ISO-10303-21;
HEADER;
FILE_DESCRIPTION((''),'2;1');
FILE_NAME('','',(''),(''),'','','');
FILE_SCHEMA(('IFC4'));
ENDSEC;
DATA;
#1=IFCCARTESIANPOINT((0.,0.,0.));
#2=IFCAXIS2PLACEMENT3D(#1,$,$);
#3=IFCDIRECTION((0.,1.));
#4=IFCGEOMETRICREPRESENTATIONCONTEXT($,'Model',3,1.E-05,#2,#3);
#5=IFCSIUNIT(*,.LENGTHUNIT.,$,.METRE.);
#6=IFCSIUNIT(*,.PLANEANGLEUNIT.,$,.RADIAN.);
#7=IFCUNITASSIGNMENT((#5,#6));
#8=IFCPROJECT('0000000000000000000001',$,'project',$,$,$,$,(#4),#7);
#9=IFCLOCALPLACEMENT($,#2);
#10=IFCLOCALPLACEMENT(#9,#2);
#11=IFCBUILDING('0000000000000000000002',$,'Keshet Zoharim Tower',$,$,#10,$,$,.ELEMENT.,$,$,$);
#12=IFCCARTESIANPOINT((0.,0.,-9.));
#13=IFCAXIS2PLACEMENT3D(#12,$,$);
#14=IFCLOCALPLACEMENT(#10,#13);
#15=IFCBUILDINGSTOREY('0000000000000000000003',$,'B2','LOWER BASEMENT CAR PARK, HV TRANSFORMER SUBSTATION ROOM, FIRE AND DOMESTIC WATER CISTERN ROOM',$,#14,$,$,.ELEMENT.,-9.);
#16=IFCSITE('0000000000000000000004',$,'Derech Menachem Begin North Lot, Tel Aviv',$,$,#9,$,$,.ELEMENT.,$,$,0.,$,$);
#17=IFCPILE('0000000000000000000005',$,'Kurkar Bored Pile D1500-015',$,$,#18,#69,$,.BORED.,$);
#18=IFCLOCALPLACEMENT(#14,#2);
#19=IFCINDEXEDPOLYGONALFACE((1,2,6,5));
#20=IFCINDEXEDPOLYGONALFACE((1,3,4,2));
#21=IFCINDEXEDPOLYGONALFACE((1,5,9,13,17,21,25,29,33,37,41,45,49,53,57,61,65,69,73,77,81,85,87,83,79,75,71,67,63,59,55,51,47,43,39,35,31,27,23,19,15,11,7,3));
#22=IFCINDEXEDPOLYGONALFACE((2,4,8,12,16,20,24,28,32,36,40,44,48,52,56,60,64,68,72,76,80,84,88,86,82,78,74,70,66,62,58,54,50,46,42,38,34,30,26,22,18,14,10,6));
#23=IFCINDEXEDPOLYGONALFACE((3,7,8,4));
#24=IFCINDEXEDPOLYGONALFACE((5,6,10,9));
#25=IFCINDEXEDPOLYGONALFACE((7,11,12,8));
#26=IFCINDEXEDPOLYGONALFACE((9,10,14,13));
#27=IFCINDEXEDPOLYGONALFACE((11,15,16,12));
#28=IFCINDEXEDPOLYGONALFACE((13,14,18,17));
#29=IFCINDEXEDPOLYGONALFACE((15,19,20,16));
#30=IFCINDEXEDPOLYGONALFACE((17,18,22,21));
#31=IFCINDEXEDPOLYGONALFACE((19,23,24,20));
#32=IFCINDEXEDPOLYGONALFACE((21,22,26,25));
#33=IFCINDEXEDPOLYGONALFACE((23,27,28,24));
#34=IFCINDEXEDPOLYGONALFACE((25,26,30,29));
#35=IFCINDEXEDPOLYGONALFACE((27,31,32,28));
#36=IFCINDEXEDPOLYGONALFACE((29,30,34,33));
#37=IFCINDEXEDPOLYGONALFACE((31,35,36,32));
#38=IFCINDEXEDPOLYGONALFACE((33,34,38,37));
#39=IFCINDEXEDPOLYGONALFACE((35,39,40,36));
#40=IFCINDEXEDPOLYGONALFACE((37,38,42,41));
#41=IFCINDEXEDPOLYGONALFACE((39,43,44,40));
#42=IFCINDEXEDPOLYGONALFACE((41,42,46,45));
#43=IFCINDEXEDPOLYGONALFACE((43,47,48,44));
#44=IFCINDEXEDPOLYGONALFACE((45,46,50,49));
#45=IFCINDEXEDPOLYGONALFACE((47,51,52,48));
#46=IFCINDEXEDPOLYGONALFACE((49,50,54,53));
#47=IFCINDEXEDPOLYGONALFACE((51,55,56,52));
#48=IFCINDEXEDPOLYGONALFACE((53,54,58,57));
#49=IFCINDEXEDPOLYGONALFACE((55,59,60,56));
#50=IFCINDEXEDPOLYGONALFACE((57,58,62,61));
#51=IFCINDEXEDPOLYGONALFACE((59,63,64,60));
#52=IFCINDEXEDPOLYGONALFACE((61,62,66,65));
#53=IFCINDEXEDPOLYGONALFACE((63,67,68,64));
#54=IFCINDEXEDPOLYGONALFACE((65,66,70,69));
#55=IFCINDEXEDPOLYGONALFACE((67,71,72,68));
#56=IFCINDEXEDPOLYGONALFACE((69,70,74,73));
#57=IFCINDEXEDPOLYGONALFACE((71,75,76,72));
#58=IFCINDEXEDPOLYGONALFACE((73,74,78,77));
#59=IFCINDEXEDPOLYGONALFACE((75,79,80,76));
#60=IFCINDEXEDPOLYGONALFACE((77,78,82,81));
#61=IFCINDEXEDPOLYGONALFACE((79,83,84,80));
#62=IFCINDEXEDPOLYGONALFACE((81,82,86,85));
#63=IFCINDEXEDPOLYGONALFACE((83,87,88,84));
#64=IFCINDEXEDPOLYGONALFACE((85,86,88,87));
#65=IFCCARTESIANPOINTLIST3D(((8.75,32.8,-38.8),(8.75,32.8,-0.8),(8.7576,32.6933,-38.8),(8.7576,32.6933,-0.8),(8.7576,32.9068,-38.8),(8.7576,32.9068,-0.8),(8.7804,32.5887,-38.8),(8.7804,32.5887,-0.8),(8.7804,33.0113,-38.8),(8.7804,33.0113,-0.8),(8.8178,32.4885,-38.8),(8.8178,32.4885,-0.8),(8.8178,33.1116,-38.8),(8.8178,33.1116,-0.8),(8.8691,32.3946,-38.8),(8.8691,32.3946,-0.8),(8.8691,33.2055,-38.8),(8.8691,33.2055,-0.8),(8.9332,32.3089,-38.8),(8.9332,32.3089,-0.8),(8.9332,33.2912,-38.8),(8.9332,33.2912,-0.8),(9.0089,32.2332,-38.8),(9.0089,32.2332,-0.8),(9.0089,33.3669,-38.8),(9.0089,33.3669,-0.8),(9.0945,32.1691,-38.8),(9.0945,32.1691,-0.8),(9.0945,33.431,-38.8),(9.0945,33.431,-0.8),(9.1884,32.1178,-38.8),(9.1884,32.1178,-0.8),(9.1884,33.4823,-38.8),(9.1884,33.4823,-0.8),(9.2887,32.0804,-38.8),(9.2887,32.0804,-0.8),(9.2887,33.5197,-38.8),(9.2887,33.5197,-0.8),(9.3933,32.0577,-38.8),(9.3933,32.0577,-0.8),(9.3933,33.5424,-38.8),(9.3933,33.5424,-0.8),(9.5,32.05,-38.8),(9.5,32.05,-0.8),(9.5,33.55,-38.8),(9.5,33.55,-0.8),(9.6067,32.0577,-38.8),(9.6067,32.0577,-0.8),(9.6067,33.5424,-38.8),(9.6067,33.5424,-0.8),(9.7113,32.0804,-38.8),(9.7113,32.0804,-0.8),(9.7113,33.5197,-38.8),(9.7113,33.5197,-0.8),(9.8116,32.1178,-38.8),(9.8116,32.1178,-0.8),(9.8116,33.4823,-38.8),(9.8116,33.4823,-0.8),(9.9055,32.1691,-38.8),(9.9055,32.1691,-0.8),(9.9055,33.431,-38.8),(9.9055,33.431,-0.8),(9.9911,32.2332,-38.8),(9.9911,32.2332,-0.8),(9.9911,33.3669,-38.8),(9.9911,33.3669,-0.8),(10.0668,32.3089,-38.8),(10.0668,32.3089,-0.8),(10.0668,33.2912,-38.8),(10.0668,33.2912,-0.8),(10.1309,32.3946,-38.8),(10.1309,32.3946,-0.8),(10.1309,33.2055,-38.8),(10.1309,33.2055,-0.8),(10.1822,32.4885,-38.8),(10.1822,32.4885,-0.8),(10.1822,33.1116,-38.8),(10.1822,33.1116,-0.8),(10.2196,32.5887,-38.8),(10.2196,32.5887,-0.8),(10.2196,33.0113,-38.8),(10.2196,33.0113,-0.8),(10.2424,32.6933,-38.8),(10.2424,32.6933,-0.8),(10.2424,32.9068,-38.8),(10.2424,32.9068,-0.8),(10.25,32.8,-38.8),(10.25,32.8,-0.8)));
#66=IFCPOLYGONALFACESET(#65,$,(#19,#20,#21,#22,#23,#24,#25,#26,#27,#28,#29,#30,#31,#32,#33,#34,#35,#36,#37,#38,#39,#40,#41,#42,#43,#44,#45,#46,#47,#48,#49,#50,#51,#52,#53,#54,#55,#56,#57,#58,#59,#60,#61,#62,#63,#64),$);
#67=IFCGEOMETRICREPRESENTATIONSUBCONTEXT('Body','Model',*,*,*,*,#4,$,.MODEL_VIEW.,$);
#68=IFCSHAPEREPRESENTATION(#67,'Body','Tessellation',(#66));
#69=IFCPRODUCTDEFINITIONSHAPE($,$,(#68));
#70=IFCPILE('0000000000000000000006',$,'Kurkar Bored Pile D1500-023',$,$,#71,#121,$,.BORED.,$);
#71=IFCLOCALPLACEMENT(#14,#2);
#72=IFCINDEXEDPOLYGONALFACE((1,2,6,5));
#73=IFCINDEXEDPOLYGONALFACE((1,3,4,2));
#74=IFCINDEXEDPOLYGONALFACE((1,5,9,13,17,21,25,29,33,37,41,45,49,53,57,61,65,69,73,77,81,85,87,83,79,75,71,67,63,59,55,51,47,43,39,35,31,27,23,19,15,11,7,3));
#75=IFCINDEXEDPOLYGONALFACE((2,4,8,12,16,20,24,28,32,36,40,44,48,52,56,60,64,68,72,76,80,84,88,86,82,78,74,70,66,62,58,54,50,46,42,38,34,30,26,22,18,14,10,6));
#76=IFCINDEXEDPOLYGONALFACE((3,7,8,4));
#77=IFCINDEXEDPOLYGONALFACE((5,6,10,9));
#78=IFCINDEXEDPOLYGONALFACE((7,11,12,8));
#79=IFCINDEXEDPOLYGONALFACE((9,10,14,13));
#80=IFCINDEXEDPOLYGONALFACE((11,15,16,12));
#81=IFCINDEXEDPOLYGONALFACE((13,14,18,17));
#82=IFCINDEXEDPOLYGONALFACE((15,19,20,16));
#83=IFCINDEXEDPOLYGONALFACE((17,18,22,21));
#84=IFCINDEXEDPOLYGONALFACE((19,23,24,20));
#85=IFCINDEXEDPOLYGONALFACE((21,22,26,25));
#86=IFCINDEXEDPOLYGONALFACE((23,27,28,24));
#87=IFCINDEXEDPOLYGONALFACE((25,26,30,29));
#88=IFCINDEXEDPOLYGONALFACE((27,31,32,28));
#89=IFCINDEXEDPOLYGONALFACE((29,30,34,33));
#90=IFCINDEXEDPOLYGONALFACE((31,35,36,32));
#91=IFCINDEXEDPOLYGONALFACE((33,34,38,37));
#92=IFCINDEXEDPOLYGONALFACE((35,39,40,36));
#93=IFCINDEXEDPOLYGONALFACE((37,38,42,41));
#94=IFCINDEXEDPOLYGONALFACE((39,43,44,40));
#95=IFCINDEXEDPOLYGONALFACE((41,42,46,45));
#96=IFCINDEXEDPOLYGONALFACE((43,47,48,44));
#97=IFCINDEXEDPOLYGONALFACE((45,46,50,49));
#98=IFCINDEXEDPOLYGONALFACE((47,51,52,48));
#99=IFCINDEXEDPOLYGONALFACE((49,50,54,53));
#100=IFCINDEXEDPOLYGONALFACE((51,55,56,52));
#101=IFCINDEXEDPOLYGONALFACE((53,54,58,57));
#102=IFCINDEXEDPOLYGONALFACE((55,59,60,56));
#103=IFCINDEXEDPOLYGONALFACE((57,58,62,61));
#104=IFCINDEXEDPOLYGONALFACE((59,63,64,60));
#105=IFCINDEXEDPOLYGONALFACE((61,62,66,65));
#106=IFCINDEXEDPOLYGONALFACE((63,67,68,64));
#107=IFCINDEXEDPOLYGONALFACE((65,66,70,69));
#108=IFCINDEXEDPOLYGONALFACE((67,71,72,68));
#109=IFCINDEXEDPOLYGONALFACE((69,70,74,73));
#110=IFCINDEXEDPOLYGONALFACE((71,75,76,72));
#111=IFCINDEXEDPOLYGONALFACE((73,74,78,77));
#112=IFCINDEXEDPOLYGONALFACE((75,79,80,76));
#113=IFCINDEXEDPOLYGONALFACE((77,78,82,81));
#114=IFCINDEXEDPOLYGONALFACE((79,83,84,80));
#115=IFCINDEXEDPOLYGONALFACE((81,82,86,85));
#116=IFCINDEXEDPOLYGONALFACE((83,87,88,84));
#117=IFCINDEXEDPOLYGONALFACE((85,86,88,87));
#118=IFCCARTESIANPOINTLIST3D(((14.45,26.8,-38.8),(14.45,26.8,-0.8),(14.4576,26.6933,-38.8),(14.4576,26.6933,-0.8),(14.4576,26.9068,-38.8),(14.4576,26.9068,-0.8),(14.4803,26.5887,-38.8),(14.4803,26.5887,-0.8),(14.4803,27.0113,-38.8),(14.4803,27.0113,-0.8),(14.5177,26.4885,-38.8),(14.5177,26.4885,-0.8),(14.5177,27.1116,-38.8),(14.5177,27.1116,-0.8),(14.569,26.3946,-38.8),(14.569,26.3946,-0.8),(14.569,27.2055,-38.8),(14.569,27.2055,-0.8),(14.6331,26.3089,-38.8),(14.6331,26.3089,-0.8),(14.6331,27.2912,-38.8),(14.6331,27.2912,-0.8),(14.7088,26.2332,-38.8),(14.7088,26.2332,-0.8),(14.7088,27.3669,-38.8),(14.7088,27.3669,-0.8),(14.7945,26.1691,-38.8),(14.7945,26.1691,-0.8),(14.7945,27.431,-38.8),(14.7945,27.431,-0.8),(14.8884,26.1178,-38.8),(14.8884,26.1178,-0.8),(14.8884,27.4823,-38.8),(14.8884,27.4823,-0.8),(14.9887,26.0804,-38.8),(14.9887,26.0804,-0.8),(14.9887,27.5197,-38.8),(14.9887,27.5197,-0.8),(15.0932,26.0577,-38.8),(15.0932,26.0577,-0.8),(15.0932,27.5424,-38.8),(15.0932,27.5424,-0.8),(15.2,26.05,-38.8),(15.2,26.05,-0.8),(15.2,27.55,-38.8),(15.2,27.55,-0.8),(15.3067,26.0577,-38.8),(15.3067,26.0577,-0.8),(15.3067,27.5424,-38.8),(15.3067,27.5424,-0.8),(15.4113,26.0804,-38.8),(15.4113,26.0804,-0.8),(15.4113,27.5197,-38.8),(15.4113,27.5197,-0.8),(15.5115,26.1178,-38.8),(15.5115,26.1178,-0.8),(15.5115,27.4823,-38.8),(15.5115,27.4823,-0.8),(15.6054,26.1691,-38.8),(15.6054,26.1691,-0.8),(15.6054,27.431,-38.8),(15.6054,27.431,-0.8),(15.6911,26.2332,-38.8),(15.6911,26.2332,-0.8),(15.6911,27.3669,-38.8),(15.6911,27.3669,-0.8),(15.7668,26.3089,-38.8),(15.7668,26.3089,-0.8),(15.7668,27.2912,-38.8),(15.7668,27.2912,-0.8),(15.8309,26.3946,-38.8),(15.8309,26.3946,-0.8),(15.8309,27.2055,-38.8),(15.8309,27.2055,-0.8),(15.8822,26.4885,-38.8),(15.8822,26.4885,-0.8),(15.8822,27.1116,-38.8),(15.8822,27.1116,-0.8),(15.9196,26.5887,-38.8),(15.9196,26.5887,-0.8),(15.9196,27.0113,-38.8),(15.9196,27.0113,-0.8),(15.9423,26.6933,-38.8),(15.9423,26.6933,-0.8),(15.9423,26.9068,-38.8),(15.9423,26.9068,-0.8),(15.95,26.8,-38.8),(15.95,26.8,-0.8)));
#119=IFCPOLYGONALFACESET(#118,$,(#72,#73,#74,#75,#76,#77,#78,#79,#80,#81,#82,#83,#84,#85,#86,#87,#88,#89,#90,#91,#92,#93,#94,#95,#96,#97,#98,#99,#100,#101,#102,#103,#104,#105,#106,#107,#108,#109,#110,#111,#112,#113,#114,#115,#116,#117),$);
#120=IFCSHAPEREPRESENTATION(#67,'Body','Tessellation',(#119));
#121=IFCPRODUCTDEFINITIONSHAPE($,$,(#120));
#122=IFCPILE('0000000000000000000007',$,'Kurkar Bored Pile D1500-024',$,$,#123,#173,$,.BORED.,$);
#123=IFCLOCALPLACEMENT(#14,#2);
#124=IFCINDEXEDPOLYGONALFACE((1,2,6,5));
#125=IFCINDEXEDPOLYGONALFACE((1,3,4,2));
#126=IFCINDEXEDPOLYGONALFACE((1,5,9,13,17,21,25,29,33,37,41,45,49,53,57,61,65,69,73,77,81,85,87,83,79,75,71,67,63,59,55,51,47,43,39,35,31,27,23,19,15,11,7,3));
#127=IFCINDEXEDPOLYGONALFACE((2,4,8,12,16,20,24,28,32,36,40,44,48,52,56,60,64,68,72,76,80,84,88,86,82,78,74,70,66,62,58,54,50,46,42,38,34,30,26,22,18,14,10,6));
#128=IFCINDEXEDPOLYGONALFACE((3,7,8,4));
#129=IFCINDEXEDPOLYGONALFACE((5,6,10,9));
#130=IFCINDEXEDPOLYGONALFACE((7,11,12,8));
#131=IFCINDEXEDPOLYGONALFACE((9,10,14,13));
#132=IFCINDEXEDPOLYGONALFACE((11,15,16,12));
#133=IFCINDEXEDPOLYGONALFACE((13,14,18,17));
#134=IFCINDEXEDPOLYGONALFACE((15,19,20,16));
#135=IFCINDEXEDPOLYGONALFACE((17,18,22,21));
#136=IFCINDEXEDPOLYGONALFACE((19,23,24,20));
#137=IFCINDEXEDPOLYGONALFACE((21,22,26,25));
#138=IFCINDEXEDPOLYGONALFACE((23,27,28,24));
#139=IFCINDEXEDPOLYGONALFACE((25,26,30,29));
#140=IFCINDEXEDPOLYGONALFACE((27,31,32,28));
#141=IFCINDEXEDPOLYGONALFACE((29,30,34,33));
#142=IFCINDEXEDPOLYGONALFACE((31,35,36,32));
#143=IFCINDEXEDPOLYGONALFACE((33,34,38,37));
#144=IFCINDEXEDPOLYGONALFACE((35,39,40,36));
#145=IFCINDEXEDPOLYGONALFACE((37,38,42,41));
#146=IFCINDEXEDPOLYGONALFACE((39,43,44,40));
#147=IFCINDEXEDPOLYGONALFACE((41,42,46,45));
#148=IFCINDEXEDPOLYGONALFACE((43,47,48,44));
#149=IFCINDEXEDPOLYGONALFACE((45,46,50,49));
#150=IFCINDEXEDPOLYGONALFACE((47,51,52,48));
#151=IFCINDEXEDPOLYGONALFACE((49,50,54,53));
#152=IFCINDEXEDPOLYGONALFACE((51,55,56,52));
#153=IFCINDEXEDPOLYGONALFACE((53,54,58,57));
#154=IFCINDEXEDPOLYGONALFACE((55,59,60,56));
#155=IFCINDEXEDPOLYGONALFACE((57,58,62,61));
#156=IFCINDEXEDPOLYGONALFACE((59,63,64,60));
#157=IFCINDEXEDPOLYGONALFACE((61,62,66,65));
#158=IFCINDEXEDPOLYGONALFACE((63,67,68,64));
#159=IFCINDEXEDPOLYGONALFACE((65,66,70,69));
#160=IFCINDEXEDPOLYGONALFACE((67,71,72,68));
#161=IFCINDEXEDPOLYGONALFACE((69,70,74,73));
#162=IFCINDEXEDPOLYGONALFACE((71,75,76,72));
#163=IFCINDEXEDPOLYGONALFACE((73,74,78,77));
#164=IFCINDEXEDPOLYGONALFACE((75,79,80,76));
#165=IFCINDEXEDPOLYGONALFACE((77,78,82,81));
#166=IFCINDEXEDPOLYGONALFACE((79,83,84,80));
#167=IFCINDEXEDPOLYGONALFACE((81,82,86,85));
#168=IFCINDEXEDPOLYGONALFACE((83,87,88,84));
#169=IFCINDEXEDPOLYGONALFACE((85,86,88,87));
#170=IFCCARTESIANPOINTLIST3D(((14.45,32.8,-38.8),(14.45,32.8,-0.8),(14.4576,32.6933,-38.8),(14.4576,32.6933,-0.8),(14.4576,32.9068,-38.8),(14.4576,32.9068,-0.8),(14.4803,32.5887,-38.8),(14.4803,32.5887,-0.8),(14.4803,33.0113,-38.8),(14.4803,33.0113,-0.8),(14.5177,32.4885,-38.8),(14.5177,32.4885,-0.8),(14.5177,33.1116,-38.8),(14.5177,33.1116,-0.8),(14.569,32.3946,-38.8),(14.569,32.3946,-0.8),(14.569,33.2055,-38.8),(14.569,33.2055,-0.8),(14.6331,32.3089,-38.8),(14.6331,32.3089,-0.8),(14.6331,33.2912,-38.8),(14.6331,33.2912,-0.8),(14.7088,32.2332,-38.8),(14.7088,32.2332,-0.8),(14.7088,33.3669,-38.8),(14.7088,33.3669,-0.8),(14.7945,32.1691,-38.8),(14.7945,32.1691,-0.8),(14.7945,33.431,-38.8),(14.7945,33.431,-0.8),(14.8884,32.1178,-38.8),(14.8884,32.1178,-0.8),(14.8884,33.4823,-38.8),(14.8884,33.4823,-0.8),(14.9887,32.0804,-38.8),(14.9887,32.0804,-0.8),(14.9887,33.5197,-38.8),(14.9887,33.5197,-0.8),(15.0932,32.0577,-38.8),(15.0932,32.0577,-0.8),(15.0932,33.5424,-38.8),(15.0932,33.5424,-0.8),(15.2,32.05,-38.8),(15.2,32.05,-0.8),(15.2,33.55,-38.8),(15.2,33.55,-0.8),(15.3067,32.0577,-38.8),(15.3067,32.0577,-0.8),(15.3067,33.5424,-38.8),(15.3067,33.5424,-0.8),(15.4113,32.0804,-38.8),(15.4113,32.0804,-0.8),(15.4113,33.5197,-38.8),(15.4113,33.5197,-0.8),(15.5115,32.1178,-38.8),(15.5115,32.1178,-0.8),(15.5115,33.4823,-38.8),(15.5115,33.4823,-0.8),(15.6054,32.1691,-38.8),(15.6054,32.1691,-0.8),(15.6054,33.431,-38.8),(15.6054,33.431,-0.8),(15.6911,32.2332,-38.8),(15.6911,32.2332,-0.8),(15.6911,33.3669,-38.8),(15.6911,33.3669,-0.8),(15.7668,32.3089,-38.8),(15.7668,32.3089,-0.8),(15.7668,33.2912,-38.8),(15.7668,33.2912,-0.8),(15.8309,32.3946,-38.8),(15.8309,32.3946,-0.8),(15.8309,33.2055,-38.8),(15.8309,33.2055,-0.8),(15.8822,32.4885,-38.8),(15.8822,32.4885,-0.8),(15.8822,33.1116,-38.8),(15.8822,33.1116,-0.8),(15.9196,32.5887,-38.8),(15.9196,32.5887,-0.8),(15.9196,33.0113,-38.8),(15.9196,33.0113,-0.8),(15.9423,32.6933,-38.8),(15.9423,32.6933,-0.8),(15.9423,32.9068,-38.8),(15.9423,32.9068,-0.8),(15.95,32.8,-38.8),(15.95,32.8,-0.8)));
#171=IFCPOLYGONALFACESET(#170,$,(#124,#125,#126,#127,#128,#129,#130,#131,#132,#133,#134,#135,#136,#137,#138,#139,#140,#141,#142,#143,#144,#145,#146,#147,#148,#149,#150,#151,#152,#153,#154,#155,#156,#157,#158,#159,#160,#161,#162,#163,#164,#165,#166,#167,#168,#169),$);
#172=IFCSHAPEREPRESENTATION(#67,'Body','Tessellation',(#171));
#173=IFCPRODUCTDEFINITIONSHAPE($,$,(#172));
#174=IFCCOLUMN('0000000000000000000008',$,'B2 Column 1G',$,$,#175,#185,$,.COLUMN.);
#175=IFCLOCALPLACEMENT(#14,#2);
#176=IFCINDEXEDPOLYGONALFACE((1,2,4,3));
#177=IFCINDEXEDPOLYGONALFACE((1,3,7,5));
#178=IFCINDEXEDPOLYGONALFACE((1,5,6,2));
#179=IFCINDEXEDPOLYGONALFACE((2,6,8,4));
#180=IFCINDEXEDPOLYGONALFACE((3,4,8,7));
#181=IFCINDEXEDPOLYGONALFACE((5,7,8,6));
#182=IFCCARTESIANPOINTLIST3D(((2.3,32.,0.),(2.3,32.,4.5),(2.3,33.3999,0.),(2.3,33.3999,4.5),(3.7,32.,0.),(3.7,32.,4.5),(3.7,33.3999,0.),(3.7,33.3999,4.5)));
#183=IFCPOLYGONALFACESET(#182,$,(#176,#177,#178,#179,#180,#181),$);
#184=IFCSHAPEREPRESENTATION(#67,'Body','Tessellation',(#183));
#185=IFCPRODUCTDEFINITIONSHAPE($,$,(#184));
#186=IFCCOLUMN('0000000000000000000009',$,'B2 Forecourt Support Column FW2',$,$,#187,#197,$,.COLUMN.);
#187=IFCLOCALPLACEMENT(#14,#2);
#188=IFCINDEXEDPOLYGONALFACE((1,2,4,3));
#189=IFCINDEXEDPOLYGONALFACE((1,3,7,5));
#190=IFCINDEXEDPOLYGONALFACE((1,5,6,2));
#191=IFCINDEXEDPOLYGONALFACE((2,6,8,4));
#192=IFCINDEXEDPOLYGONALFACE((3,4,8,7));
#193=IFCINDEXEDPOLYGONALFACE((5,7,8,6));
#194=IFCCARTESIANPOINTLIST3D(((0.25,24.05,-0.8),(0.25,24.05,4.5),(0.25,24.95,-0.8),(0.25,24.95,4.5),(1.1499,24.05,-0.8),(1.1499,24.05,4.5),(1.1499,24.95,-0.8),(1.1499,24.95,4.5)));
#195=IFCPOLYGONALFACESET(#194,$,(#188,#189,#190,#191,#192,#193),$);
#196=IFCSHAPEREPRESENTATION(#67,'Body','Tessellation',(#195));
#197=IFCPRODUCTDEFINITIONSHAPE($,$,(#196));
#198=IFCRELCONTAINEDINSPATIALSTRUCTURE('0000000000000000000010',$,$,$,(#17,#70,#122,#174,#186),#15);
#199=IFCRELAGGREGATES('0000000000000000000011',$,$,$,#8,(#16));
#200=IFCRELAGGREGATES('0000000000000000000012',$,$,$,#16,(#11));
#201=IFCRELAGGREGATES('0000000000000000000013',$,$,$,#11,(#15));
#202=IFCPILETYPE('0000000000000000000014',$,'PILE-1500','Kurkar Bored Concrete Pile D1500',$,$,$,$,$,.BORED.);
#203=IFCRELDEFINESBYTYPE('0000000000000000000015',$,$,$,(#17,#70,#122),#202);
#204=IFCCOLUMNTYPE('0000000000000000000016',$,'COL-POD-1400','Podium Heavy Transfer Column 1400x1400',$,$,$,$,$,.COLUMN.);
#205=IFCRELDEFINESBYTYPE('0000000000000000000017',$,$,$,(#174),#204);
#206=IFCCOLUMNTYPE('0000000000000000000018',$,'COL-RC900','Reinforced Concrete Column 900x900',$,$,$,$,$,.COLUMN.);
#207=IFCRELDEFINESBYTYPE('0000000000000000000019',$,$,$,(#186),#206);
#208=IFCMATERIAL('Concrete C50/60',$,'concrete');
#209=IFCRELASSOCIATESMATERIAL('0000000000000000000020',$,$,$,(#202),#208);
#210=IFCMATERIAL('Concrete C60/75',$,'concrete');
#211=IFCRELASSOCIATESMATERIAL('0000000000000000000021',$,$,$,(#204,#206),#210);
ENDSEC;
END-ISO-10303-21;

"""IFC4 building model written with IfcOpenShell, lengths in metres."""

from ifc_helpers import new_model, si_unit, direction, frame, origin, origin_2d, place, context, subcontext, project, spatial, rectangle, circle, extrude, material, material_profile, profile_set, type_object, element, save


model = new_model("IFC4")

# Units and contexts
model_context = context("Model", 3, precision=1e-05, world=origin(), true_north=direction((0.0, 1.0)))
body_context = subcontext(model_context, "Body", "Model", "MODEL_VIEW")
ifc_project = project(units=[si_unit("LENGTHUNIT", "METRE"), si_unit("PLANEANGLEUNIT", "RADIAN")], contexts=[model_context])

# Site, building, storey
site_placement = place(None, origin())
site = spatial("IfcSite", under=ifc_project, at=site_placement, Name="Derech Menachem Begin North Lot, Tel Aviv", CompositionType="ELEMENT", RefElevation=0.0)
building_placement = place(site_placement, origin())
building = spatial("IfcBuilding", under=site, at=building_placement, Name="Keshet Zoharim Tower", CompositionType="ELEMENT")
storey_placement = place(building_placement, frame((0.0, 0.0, -9.0)))
storey = spatial("IfcBuildingStorey", under=building, at=storey_placement, Name="B2", Description="LOWER BASEMENT CAR PARK, HV TRANSFORMER SUBSTATION ROOM, FIRE AND DOMESTIC WATER CISTERN ROOM", CompositionType="ELEMENT", Elevation=-9.0)

# Piles
ifc_material_1 = material(Name="Concrete C50/60", Category="concrete")
ifc_material_profile_1 = material_profile(ifc_material_1, circle(Radius=0.75, at=origin_2d()), Name="PILE-D1500")
ifc_profile_set_1 = profile_set([ifc_material_profile_1], Name="Concrete C50/60")
pile_type = type_object("IfcPileType", Name="PILE-1500", Description="Kurkar Bored Concrete Pile D1500", PredefinedType="BORED", material=ifc_profile_set_1)
for number, where, z_axis, x_axis, name in (
    (1, (9.5, 32.8, -0.8), (0.0, 0.0, -1.0), (1.0, 0.0, 0.0), "Kurkar Bored Pile D1500-015"),
    (2, (15.2, 26.8, -0.8), (0.0, 0.0, -1.0), (1.0, 0.0, 0.0), "Kurkar Bored Pile D1500-023"),
    (3, (15.2, 32.8, -0.8), (0.0, 0.0, -1.0), (1.0, 0.0, 0.0), "Kurkar Bored Pile D1500-024"),
):
    element("IfcPile", number, at=place(storey_placement, frame(where, z_axis=z_axis, x_axis=x_axis)), inside=storey, type_object=pile_type, Name=name, PredefinedType="BORED", context=body_context, shape_type="SweptSolid", body=[
        extrude(circle(Radius=0.75, at=origin_2d()), origin(), (0.0, 0.0, 1.0), 38.0),
    ])

# Columns
ifc_material_2 = material(Name="Concrete C60/75", Category="concrete")
ifc_material_profile_2 = material_profile(ifc_material_2, rectangle(XDim=1.3999, YDim=1.3999, at=origin_2d()), Name="RC1400x1400")
ifc_profile_set_2 = profile_set([ifc_material_profile_2], Name="Concrete C60/75")
column_type_1 = type_object("IfcColumnType", Name="COL-POD-1400", Description="Podium Heavy Transfer Column 1400x1400", PredefinedType="COLUMN", material=ifc_profile_set_2)
column_1_placement = place(storey_placement, frame((3.0, 32.7, 0.0), z_axis=(0.0, 0.0, 1.0), x_axis=(1.0, 0.0, 0.0)))
element("IfcColumn", 4, at=column_1_placement, inside=storey, type_object=column_type_1, Name="B2 Column 1G", PredefinedType="COLUMN", context=body_context, shape_type="SweptSolid", body=[
    extrude(rectangle(XDim=1.3999, YDim=1.3999, at=origin_2d()), origin(), (0.0, 0.0, 1.0), 4.5),
])
ifc_material_profile_3 = material_profile(ifc_material_2, rectangle(XDim=0.8999, YDim=0.8999, at=origin_2d()), Name="RC900x900")
ifc_profile_set_3 = profile_set([ifc_material_profile_3], Name="Concrete C60/75")
column_type_2 = type_object("IfcColumnType", Name="COL-RC900", Description="Reinforced Concrete Column 900x900", PredefinedType="COLUMN", material=ifc_profile_set_3)
column_2_placement = place(storey_placement, frame((0.7, 24.5, -0.8), z_axis=(0.0, 0.0, 1.0), x_axis=(1.0, 0.0, 0.0)))
element("IfcColumn", 5, at=column_2_placement, inside=storey, type_object=column_type_2, Name="B2 Forecourt Support Column FW2", PredefinedType="COLUMN", context=body_context, shape_type="SweptSolid", body=[
    extrude(rectangle(XDim=0.8999, YDim=0.8999, at=origin_2d()), origin(), (0.0, 0.0, 1.0), 5.3),
])

save(model, "model.ifc")
